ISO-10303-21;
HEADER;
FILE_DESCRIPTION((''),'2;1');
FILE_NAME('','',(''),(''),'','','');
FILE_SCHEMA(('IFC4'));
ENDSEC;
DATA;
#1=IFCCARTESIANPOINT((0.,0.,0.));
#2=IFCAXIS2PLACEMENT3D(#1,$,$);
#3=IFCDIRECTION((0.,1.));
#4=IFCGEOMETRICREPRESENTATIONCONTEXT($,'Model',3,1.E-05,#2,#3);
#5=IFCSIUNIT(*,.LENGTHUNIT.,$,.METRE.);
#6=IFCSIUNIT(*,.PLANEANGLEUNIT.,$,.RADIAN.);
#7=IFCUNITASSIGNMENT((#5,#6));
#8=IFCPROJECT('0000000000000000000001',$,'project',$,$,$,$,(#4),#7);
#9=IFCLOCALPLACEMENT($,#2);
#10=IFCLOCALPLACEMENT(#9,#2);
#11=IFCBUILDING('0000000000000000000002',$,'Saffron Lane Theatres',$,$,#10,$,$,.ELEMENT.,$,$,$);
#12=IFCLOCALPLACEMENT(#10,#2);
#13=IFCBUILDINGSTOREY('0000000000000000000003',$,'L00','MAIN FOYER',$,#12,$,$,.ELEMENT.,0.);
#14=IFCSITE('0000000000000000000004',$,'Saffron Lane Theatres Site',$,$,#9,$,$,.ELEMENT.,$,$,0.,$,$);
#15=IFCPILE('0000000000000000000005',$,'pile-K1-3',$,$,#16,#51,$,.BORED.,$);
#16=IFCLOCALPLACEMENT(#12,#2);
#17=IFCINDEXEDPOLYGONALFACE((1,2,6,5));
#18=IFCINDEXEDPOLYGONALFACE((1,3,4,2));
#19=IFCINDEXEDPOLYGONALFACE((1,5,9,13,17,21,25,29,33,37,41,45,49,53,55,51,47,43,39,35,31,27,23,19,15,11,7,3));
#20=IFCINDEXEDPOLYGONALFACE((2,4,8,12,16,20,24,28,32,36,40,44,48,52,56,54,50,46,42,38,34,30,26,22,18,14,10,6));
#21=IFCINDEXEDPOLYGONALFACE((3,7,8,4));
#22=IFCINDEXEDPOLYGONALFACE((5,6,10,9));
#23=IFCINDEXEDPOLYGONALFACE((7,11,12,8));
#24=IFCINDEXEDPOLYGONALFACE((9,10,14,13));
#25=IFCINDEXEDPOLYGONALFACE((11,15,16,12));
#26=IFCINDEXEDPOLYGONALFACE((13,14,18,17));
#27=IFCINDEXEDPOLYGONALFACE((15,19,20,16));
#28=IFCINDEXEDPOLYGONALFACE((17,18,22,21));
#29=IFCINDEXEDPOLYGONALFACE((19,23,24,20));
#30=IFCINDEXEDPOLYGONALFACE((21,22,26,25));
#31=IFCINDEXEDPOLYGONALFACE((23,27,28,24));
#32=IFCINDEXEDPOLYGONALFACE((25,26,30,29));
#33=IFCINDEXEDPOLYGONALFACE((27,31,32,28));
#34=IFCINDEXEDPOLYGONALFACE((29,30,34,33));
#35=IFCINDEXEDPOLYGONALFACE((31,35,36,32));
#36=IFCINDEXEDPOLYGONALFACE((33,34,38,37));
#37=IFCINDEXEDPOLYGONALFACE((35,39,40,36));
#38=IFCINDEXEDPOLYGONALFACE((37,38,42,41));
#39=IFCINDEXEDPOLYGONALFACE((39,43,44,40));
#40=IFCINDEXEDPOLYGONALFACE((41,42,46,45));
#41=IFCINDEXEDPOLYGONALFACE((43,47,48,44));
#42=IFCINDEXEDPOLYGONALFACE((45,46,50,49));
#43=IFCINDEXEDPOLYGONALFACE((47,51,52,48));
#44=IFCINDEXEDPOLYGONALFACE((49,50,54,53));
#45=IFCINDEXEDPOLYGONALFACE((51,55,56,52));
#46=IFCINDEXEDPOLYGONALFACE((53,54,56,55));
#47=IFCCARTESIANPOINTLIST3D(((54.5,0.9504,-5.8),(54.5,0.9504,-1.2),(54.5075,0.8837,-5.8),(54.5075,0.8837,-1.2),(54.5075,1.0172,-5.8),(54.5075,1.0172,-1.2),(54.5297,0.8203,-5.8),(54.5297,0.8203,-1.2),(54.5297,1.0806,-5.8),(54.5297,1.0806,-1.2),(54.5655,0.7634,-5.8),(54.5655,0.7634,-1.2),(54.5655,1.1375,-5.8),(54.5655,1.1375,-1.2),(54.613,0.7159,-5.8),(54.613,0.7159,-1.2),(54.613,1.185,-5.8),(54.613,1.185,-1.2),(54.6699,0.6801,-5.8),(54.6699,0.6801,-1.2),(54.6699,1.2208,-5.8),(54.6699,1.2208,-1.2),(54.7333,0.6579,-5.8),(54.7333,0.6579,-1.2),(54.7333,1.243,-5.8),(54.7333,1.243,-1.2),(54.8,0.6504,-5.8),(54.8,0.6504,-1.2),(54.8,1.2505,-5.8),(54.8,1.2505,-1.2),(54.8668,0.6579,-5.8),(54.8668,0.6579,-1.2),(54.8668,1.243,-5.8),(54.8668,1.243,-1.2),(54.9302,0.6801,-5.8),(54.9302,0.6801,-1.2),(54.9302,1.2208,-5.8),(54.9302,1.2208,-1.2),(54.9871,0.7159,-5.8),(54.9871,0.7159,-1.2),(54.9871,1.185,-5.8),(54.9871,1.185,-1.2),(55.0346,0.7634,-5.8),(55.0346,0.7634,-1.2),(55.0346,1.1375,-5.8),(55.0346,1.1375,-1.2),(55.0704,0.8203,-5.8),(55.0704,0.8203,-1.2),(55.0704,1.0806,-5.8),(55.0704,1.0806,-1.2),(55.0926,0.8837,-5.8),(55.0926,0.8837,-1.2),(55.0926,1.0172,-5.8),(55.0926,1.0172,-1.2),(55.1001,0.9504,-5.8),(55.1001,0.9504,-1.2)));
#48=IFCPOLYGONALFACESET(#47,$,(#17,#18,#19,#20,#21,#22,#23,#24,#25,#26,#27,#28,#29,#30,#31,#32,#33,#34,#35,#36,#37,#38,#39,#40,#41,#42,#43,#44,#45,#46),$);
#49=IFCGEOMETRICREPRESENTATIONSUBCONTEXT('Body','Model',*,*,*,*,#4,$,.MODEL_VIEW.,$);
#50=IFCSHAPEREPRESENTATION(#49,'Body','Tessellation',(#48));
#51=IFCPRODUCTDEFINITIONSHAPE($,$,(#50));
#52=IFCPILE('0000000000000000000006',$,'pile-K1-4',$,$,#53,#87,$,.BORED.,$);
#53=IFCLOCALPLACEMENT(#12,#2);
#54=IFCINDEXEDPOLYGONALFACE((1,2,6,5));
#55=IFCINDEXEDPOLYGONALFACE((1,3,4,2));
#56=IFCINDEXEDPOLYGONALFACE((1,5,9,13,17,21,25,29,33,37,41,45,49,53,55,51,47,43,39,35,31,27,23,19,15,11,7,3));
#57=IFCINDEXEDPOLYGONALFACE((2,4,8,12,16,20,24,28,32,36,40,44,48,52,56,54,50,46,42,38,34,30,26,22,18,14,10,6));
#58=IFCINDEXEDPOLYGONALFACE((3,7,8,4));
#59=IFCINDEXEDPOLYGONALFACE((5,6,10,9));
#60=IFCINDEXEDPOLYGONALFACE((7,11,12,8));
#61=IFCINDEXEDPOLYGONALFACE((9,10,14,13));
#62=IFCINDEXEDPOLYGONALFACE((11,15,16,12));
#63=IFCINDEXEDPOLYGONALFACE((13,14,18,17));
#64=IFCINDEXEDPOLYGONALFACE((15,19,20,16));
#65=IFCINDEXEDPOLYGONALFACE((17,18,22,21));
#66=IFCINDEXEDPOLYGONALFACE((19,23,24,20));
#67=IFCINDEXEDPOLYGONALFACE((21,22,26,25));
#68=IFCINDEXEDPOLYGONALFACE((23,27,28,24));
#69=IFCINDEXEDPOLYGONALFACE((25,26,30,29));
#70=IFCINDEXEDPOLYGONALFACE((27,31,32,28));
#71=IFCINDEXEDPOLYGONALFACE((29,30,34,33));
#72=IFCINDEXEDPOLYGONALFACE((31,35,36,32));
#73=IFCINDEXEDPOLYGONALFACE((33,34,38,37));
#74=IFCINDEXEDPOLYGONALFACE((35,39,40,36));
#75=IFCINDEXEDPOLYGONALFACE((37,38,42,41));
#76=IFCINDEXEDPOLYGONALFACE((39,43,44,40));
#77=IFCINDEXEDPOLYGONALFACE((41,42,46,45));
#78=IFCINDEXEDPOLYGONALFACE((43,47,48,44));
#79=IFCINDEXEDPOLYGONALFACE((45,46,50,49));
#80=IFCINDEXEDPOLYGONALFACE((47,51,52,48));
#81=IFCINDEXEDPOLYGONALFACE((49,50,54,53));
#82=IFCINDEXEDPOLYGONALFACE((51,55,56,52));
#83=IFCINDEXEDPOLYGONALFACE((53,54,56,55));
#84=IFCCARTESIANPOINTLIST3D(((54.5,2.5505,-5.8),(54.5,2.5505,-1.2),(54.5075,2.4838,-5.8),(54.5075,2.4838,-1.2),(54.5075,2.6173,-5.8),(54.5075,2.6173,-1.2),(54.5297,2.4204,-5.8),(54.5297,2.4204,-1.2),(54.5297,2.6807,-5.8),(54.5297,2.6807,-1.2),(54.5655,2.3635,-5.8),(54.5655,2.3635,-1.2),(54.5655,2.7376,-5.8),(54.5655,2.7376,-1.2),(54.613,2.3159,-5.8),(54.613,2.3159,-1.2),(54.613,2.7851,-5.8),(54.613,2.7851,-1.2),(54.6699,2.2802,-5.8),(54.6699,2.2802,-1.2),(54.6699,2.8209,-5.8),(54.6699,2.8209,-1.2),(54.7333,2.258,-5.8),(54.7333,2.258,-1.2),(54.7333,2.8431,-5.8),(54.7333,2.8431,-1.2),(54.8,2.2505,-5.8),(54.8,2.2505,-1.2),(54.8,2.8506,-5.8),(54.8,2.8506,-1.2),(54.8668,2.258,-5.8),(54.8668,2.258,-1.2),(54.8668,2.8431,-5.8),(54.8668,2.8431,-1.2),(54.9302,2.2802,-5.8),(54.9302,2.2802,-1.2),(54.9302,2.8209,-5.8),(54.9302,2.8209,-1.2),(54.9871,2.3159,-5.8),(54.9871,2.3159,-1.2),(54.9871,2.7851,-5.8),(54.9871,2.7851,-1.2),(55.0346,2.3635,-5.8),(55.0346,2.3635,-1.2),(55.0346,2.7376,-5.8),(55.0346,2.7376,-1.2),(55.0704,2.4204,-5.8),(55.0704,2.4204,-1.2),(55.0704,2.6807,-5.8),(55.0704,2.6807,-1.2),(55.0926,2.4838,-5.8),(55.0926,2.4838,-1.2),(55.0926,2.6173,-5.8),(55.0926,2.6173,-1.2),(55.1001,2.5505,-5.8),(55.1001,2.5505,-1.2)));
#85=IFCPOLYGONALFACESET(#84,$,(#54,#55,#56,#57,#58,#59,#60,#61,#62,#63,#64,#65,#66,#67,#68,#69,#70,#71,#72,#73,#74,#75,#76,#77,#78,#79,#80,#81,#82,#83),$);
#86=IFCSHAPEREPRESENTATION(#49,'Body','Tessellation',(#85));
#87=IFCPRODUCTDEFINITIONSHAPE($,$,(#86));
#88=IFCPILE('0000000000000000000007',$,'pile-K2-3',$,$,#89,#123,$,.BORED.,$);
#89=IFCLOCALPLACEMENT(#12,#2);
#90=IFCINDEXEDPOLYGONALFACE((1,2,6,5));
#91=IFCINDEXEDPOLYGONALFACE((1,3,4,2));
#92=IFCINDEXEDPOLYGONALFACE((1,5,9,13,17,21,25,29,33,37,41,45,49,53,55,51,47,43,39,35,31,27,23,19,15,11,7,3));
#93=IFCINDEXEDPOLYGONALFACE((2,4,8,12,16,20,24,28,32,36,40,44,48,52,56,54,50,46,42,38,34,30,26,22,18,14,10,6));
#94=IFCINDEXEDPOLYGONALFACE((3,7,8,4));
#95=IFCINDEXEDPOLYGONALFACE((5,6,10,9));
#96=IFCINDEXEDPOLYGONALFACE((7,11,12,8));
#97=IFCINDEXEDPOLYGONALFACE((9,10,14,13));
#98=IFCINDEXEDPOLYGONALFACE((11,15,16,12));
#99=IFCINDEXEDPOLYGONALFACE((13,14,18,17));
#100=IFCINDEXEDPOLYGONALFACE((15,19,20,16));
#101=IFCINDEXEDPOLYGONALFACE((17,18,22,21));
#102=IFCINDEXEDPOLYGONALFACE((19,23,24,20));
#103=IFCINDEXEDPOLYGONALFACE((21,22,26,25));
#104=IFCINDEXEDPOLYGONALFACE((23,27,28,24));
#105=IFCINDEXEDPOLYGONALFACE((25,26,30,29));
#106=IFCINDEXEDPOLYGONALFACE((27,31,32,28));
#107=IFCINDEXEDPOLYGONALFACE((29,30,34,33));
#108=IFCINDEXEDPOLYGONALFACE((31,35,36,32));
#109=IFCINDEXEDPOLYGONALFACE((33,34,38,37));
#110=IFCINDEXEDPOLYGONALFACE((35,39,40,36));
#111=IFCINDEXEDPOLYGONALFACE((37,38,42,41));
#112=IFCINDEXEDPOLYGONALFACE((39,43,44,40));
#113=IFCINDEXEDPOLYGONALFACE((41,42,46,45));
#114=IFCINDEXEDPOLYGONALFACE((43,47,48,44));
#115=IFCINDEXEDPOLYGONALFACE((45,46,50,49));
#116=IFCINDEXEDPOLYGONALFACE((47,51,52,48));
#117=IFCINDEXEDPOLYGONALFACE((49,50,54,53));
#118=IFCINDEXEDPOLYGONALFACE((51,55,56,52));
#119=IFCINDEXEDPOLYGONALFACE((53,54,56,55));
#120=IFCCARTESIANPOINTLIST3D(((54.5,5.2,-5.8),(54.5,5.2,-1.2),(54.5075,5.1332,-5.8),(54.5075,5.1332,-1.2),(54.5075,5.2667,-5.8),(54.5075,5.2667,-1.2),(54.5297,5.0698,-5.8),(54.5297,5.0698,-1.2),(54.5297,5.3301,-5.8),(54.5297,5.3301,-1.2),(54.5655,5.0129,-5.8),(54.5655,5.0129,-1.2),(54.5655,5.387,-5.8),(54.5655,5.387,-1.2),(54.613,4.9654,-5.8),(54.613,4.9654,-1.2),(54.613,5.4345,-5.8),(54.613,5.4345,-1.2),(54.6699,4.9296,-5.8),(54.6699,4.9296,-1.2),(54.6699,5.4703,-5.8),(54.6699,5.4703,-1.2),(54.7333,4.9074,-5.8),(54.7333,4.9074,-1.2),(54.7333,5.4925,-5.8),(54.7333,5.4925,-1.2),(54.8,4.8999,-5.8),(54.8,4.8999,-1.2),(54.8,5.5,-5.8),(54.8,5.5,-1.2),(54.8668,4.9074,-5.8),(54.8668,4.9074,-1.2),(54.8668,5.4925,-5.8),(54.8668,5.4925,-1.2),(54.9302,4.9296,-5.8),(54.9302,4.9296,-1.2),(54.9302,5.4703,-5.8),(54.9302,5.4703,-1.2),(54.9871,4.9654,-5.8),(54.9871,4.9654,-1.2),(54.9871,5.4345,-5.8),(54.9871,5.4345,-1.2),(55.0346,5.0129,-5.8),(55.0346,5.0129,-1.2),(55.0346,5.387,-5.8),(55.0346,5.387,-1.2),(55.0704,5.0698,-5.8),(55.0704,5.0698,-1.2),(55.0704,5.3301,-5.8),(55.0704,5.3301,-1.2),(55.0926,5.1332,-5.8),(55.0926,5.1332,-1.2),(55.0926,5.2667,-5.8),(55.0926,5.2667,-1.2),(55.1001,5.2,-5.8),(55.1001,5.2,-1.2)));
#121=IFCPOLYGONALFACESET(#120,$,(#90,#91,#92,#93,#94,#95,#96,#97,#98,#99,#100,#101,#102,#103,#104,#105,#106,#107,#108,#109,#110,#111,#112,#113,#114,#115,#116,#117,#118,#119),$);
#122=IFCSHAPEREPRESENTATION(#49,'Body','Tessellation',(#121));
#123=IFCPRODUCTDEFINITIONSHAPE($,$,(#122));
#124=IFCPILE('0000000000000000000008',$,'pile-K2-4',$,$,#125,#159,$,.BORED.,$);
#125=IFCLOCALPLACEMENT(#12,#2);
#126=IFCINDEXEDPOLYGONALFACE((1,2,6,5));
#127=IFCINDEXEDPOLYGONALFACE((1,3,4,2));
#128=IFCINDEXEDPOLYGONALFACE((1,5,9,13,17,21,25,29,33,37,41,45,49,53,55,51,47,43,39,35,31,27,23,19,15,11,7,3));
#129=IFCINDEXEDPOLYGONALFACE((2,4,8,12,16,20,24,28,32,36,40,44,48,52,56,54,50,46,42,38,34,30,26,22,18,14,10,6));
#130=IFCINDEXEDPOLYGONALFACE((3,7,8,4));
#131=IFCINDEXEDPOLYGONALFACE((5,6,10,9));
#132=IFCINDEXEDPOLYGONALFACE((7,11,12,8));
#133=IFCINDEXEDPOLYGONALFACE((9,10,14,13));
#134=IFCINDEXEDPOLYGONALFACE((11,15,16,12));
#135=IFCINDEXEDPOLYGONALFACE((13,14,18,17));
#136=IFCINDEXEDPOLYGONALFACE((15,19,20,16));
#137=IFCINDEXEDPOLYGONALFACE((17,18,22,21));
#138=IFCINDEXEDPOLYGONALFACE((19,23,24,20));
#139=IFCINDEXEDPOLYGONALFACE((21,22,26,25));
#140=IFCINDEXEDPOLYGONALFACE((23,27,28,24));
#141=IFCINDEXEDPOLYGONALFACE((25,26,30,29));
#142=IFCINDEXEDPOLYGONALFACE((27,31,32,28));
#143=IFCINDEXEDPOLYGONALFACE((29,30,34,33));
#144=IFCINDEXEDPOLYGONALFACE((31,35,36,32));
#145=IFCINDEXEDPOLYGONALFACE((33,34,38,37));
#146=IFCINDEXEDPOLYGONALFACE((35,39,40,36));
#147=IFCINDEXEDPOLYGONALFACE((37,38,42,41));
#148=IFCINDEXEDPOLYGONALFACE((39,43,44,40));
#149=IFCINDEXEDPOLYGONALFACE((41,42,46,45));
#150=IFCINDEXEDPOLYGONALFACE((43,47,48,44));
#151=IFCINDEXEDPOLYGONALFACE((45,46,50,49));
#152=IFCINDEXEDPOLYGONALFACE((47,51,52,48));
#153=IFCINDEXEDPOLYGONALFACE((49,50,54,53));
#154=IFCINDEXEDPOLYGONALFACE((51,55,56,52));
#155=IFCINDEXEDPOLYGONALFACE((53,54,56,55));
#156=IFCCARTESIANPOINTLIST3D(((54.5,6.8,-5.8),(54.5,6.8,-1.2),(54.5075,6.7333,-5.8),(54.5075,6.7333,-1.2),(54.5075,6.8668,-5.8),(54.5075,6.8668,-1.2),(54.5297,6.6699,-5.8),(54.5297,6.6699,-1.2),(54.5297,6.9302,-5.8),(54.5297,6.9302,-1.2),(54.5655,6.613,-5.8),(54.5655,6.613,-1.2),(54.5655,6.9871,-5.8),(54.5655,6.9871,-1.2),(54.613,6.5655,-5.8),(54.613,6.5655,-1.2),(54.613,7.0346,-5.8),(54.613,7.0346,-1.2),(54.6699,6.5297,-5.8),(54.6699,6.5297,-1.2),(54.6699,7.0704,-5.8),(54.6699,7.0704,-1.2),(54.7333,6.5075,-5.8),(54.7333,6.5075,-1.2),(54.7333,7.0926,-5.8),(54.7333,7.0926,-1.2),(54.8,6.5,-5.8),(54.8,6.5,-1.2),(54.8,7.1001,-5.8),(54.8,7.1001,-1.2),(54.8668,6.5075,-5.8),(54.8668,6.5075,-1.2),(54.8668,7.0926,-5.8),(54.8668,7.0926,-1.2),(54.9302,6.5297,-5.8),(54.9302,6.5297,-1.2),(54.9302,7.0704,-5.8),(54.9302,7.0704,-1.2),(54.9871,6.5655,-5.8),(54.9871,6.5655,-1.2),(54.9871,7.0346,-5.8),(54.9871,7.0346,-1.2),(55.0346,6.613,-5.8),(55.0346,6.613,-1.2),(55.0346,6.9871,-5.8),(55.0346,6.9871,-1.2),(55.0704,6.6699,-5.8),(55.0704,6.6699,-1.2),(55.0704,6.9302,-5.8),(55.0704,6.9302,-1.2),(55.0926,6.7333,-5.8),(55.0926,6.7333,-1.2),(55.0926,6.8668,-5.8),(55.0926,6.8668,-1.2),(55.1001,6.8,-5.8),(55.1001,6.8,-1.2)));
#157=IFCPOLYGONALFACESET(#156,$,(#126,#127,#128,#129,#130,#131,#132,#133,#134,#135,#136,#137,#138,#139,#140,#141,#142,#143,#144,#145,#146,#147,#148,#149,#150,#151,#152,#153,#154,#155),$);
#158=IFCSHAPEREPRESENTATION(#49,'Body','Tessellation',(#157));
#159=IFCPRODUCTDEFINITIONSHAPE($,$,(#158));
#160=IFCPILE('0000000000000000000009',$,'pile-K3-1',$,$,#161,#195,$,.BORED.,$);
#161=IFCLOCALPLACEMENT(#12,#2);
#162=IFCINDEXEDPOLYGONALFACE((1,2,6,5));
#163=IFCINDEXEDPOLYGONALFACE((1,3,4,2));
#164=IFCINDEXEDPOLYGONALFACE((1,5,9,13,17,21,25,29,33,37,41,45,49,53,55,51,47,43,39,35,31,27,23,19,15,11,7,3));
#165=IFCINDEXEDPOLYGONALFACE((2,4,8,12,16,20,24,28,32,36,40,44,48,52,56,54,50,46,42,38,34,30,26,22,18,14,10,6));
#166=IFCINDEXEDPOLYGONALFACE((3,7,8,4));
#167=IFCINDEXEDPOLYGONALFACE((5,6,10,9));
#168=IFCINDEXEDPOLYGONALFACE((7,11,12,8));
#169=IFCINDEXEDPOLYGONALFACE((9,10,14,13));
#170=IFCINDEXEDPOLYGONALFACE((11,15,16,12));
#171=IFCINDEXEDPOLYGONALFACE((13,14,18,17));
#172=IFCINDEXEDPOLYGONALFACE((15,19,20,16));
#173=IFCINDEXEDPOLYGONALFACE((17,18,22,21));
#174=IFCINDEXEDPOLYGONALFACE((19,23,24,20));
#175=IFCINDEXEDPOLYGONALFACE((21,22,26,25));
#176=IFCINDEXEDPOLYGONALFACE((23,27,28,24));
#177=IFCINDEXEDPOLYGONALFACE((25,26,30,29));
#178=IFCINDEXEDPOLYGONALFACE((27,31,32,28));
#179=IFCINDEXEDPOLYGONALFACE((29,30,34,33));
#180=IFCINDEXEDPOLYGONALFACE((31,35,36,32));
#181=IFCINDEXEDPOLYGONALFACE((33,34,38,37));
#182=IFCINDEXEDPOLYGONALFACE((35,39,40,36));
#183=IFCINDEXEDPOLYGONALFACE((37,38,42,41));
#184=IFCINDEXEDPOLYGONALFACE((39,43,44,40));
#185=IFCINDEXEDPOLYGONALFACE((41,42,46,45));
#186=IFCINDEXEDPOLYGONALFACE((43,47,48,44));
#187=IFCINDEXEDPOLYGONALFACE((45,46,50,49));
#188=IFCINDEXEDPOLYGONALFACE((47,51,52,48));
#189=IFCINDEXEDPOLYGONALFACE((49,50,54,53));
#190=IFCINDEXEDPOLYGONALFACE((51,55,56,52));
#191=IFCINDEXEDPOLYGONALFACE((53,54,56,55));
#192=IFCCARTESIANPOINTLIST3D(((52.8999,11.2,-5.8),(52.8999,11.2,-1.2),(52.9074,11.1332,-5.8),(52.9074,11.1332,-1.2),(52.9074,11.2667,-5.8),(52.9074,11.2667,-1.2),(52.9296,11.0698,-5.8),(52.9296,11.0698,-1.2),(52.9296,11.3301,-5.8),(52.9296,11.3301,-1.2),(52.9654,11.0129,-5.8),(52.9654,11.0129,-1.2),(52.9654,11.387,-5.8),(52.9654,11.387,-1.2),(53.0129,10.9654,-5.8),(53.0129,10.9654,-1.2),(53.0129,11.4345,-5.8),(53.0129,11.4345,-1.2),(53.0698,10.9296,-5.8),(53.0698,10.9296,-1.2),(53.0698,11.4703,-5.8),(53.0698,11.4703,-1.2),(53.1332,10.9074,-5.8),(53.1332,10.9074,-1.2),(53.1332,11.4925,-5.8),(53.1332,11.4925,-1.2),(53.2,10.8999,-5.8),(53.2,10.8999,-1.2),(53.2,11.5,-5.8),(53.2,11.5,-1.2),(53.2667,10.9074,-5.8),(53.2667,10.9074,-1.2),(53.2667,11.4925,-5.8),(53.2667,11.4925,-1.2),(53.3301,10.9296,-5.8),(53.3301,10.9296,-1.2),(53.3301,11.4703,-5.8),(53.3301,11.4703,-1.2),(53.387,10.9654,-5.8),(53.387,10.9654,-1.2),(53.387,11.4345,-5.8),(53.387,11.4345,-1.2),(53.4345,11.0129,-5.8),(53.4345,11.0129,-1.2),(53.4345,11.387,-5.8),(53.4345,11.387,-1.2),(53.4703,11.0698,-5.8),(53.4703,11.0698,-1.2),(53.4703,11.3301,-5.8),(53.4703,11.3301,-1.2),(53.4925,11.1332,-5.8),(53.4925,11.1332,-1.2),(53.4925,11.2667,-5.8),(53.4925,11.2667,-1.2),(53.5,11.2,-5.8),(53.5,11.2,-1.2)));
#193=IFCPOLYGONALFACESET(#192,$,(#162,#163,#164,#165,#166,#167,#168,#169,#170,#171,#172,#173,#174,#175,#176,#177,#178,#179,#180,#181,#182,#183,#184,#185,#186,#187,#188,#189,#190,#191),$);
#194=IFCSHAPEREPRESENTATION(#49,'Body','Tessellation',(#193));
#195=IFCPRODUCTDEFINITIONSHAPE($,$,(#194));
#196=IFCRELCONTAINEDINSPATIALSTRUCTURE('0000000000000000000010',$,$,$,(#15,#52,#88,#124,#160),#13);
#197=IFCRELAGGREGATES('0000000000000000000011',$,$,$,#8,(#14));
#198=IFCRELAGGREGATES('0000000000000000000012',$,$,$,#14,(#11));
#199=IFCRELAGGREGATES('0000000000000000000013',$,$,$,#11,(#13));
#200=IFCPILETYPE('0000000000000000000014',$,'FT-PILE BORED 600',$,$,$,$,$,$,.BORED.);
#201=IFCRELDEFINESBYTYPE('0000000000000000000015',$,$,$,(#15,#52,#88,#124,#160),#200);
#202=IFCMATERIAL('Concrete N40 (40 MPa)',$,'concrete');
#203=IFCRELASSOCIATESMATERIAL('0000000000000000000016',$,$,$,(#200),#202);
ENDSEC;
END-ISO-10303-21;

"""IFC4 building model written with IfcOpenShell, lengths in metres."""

from ifc_helpers import new_model, si_unit, direction, frame, origin, origin_2d, place, context, subcontext, project, spatial, circle, extrude, material, material_profile, profile_set, type_object, element, save


model = new_model("IFC4")

# Units and contexts
model_context = context("Model", 3, precision=1e-05, world=origin(), true_north=direction((0.0, 1.0)))
body_context = subcontext(model_context, "Body", "Model", "MODEL_VIEW")
ifc_project = project(units=[si_unit("LENGTHUNIT", "METRE"), si_unit("PLANEANGLEUNIT", "RADIAN")], contexts=[model_context])

# Site, building, storey
site_placement = place(None, origin())
site = spatial("IfcSite", under=ifc_project, at=site_placement, Name="Saffron Lane Theatres Site", CompositionType="ELEMENT", RefElevation=0.0)
building_placement = place(site_placement, origin())
building = spatial("IfcBuilding", under=site, at=building_placement, Name="Saffron Lane Theatres", CompositionType="ELEMENT")
storey_placement = place(building_placement, origin())
storey = spatial("IfcBuildingStorey", under=building, at=storey_placement, Name="L00", Description="MAIN FOYER", CompositionType="ELEMENT", Elevation=0.0)

# Piles
ifc_material_1 = material(Name="Concrete N40 (40 MPa)", Category="concrete")
ifc_material_profile_1 = material_profile(ifc_material_1, circle(Radius=0.3, at=origin_2d()))
ifc_profile_set_1 = profile_set([ifc_material_profile_1], Name="Concrete N40 (40 MPa)")
pile_type = type_object("IfcPileType", Name="FT-PILE BORED 600", PredefinedType="BORED", material=ifc_profile_set_1)
for number, where, z_axis, x_axis, name in (
    (1, (54.8, 0.9504, -1.2), (0.0, 0.0, -1.0), (1.0, 0.0, 0.0), "pile-K1-3"),
    (2, (54.8, 2.5505, -1.2), (0.0, 0.0, -1.0), (1.0, 0.0, 0.0), "pile-K1-4"),
    (3, (54.8, 5.2, -1.2), (0.0, 0.0, -1.0), (1.0, 0.0, 0.0), "pile-K2-3"),
    (4, (54.8, 6.8, -1.2), (0.0, 0.0, -1.0), (1.0, 0.0, 0.0), "pile-K2-4"),
    (5, (53.2, 11.2, -1.2), (0.0, 0.0, -1.0), (1.0, 0.0, 0.0), "pile-K3-1"),
):
    element("IfcPile", number, at=place(storey_placement, frame(where, z_axis=z_axis, x_axis=x_axis)), inside=storey, type_object=pile_type, Name=name, PredefinedType="BORED", context=body_context, shape_type="SweptSolid", body=[
        extrude(circle(Radius=0.3, at=origin_2d()), origin(), (0.0, 0.0, 1.0), 4.6001),
    ])

save(model, "model.ifc")
